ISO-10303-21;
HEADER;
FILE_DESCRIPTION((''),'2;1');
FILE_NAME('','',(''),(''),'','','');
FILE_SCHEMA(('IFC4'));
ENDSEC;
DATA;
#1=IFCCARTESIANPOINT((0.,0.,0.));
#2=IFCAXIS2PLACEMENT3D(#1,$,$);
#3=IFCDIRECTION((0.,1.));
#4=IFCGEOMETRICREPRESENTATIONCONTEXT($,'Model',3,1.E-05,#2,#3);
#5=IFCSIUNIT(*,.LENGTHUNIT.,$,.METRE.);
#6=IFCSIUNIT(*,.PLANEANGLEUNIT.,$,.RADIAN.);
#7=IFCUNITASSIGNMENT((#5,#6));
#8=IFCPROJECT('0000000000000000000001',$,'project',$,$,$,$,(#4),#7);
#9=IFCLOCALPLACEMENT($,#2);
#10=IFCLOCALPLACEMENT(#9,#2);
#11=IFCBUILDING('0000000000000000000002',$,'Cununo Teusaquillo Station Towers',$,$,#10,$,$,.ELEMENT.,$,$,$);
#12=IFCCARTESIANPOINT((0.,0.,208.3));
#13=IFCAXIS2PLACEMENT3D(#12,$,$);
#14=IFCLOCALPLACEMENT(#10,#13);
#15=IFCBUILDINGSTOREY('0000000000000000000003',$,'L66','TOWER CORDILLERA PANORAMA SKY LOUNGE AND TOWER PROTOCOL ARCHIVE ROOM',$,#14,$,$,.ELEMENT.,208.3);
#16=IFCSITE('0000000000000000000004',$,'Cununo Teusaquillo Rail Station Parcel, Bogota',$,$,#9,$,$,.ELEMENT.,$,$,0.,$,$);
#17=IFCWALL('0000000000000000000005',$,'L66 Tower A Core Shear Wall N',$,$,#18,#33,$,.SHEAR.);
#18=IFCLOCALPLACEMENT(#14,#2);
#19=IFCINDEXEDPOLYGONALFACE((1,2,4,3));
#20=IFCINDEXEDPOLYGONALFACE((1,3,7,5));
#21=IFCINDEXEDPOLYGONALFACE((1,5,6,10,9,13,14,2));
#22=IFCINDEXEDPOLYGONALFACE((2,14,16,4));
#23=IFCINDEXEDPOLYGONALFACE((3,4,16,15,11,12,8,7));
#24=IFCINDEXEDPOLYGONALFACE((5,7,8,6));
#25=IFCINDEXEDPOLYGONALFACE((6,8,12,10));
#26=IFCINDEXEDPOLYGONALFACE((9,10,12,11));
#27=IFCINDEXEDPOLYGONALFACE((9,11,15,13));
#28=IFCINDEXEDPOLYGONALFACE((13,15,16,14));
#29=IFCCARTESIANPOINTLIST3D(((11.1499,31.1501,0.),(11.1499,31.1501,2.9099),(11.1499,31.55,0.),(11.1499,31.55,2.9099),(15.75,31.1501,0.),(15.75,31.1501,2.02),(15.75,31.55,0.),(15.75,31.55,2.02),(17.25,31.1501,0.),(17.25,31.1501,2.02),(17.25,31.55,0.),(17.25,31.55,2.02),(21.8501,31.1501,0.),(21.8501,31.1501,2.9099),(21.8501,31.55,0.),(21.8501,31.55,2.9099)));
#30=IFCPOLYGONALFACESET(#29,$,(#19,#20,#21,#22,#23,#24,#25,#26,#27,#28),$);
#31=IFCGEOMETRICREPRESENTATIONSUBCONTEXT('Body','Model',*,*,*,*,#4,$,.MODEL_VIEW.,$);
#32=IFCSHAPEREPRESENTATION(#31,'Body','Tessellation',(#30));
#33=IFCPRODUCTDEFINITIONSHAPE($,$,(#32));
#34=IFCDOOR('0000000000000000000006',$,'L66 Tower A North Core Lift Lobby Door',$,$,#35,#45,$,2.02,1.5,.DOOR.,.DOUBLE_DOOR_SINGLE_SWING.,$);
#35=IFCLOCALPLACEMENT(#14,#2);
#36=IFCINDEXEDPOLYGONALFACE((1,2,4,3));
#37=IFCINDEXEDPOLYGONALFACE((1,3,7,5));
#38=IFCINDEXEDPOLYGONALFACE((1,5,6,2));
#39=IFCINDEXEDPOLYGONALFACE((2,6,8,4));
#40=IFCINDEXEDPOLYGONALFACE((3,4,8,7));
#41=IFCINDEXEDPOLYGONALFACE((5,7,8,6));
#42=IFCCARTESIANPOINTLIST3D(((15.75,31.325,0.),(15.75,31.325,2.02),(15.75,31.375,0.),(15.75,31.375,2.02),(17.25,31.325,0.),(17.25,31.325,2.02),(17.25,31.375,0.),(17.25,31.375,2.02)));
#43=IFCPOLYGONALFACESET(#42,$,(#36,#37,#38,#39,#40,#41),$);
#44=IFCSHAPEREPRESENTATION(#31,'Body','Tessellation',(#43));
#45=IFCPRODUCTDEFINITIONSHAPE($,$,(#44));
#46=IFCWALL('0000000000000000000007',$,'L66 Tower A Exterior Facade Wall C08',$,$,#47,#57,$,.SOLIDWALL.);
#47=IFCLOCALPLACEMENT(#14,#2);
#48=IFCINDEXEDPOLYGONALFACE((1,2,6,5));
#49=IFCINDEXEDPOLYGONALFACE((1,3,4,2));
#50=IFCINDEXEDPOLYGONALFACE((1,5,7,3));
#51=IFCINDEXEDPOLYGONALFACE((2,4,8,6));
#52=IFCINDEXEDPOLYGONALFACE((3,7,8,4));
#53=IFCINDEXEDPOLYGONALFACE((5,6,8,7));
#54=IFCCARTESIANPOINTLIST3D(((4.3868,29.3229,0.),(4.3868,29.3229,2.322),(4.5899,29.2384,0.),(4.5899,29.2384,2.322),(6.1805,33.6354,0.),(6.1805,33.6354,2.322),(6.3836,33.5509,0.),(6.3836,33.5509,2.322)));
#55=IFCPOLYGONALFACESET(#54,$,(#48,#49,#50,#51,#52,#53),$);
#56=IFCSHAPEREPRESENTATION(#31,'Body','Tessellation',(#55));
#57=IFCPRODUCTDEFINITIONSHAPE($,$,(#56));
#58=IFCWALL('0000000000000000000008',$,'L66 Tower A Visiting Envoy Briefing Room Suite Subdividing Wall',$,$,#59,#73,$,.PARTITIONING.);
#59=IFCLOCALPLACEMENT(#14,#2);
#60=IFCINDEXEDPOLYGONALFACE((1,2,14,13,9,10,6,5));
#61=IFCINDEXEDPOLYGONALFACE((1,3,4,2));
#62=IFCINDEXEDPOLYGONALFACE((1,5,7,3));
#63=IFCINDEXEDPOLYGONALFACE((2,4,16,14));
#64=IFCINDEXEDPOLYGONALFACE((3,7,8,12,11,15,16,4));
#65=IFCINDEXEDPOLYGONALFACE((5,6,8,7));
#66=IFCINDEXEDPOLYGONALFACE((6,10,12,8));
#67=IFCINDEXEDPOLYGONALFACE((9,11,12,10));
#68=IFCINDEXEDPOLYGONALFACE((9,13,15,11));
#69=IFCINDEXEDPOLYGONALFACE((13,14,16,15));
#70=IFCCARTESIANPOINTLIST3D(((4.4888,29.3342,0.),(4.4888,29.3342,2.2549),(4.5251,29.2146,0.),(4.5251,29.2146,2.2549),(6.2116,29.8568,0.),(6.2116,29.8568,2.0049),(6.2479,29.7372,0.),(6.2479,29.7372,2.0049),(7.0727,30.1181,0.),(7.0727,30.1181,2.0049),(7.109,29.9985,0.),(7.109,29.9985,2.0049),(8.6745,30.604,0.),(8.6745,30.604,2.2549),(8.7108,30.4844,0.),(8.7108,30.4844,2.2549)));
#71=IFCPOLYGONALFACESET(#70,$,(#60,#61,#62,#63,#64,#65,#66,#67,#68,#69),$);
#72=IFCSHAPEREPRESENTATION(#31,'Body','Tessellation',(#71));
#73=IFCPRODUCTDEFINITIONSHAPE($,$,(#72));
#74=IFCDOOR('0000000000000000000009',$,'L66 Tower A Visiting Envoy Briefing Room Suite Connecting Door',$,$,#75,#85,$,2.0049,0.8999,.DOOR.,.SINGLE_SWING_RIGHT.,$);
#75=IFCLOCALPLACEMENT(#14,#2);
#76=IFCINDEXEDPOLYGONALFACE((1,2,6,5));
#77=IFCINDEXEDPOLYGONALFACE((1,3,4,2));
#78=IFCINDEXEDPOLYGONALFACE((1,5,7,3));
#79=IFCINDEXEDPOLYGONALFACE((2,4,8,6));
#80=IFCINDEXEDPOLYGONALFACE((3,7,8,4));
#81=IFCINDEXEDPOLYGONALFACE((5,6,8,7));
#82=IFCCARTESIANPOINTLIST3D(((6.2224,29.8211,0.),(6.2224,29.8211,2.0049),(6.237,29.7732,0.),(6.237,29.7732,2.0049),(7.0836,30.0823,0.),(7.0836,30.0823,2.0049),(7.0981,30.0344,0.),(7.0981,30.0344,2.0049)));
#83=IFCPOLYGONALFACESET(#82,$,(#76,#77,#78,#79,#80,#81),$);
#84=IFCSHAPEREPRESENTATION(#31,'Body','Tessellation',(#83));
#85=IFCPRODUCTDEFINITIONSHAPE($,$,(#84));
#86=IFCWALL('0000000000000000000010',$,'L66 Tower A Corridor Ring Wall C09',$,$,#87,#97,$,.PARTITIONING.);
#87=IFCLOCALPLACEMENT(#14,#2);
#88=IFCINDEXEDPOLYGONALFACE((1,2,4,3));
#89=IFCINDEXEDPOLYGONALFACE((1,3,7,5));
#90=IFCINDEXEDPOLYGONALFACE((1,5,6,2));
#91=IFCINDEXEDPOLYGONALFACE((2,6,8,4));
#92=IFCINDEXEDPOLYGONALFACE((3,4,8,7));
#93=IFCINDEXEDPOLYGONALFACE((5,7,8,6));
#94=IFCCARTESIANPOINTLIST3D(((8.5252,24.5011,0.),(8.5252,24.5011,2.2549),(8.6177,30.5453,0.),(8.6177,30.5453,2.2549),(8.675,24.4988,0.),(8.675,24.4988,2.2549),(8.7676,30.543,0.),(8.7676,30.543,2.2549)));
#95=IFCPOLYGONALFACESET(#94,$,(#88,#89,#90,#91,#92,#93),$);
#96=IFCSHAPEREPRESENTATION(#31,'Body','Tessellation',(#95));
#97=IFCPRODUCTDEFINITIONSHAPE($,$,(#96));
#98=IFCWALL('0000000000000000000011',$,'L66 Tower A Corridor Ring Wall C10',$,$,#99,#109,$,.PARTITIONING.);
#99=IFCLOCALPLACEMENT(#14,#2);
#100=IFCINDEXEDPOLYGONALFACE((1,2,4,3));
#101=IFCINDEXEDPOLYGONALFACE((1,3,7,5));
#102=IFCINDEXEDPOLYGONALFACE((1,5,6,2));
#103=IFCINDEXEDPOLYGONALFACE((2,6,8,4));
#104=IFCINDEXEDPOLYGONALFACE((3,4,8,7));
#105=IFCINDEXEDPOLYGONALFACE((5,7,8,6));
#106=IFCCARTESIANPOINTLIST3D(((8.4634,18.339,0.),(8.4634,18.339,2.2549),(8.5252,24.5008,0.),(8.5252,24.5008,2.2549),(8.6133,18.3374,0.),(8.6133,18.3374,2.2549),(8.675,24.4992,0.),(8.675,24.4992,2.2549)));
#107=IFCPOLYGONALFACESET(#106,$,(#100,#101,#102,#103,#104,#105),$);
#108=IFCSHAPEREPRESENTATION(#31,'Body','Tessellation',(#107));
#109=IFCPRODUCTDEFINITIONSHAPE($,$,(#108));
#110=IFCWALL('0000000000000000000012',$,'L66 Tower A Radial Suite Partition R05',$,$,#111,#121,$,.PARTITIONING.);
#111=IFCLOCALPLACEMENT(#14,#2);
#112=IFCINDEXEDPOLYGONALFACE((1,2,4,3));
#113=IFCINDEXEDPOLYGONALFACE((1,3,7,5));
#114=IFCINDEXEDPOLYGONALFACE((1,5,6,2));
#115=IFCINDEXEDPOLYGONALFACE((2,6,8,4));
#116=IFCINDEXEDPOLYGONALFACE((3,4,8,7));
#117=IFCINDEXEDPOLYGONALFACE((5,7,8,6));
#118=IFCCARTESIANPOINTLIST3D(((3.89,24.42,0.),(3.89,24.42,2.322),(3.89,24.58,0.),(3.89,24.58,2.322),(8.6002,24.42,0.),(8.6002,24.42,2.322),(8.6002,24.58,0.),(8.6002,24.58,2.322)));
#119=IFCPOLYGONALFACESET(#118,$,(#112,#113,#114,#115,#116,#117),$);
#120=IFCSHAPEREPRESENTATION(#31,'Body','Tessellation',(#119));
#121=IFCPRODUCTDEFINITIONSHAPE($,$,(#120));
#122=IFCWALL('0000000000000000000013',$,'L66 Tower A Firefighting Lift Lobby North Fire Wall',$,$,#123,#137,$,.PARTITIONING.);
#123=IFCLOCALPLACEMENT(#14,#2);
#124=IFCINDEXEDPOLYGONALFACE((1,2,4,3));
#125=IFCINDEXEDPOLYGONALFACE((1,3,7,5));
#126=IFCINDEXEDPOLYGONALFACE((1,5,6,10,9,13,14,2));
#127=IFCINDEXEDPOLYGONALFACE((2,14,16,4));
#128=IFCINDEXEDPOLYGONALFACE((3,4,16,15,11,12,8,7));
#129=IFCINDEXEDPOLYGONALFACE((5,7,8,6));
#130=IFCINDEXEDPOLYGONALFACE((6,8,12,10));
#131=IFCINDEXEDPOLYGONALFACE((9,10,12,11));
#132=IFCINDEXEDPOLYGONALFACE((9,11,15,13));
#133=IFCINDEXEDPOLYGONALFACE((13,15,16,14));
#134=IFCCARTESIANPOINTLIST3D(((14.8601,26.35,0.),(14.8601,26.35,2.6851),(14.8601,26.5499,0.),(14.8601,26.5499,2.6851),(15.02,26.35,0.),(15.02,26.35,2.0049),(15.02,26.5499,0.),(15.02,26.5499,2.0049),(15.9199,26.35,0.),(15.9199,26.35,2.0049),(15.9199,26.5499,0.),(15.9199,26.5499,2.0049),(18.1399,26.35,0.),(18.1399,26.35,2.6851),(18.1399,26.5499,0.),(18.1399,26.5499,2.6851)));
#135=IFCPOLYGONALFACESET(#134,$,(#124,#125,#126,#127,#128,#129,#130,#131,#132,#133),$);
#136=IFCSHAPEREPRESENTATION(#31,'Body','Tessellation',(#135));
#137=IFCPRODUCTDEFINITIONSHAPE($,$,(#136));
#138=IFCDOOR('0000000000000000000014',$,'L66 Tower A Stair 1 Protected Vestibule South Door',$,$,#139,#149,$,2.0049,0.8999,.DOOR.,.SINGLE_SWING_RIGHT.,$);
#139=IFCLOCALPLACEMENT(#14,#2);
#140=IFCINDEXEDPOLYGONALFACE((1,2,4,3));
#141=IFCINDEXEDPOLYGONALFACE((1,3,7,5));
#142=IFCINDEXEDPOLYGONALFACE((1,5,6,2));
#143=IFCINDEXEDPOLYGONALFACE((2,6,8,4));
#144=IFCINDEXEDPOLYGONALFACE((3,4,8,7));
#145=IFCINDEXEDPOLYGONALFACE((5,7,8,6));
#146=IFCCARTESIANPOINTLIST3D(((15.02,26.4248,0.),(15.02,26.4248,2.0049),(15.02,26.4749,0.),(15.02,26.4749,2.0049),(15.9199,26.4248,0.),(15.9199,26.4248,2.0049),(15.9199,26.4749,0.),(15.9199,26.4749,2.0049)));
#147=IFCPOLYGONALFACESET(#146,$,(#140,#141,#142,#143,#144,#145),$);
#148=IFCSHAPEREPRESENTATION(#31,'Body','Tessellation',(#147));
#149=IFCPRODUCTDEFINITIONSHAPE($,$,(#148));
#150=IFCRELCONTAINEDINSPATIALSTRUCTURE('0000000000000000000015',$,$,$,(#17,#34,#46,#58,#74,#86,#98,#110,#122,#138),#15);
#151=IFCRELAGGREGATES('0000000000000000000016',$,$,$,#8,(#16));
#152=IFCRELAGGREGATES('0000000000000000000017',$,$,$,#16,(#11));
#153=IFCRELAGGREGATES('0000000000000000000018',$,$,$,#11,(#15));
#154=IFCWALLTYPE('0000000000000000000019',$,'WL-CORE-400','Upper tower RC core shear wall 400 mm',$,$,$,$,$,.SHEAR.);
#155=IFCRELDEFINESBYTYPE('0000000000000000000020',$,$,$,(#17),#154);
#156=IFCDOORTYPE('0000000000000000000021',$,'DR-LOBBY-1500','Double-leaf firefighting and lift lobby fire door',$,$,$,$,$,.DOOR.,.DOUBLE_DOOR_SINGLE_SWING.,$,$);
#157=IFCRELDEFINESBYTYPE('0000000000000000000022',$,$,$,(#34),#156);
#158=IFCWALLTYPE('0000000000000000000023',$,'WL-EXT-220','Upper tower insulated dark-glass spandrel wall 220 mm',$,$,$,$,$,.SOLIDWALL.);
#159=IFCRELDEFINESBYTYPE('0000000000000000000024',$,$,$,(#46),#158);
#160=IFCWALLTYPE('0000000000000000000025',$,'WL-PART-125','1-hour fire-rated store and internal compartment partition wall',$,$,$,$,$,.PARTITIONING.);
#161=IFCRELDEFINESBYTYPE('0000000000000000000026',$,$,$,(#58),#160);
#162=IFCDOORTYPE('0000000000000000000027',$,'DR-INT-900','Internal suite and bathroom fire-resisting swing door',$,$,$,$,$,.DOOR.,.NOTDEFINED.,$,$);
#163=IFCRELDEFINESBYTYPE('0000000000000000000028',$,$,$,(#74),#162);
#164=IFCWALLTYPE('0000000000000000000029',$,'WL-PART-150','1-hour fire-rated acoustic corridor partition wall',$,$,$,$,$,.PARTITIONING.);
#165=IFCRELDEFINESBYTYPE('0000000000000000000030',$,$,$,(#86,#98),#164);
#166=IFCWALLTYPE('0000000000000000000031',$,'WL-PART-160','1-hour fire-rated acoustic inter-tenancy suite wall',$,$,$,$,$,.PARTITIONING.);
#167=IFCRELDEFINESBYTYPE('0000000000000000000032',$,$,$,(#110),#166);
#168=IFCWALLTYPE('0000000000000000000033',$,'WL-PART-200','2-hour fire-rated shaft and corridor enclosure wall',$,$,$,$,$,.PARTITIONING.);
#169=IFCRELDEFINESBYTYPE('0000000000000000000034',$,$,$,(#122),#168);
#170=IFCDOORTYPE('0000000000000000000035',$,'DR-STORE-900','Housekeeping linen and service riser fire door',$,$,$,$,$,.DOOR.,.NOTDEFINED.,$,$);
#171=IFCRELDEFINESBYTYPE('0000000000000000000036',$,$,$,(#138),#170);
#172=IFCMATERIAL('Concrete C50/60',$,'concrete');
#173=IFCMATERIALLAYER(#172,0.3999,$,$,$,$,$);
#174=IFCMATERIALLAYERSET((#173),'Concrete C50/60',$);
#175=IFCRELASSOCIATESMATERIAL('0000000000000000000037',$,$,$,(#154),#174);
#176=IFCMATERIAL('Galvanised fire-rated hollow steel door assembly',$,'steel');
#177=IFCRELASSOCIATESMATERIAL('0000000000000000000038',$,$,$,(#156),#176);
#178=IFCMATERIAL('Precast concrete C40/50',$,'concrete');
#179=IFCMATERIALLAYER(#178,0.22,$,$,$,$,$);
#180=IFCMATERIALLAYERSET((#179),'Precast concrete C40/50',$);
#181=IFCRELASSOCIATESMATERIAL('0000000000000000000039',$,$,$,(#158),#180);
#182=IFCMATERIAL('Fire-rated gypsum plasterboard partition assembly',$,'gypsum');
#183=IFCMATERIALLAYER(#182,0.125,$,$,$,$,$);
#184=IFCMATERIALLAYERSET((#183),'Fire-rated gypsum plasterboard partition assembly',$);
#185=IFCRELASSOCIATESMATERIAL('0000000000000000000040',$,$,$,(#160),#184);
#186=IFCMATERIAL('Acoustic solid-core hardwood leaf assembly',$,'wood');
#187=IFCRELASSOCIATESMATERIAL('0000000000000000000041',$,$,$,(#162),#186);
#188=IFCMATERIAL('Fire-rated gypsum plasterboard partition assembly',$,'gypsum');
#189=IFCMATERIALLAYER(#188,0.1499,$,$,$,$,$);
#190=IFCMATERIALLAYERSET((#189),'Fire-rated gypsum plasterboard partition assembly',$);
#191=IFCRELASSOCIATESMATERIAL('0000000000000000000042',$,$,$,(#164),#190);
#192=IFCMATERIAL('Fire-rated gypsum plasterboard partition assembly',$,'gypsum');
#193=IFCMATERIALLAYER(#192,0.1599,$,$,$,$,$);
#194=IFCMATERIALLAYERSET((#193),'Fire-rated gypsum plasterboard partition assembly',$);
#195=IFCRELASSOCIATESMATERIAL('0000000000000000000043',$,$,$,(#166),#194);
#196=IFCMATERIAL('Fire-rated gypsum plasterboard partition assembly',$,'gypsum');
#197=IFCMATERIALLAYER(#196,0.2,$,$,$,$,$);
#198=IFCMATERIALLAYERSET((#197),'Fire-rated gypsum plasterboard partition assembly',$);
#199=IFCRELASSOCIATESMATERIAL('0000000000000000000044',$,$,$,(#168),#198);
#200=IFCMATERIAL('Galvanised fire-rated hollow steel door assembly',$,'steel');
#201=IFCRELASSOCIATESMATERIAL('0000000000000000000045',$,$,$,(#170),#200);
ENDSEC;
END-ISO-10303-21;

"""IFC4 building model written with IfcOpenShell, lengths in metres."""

from ifc_helpers import new_model, si_unit, direction, frame, frame_2d, origin, place, context, subcontext, project, spatial, rectangle, extrude, source, transform, mapped, material, layer, layer_set, type_object, element, fill, save


model = new_model("IFC4")

# Units and contexts
model_context = context("Model", 3, precision=1e-05, world=origin(), true_north=direction((0.0, 1.0)))
body_context = subcontext(model_context, "Body", "Model", "MODEL_VIEW")
ifc_project = project(units=[si_unit("LENGTHUNIT", "METRE"), si_unit("PLANEANGLEUNIT", "RADIAN")], contexts=[model_context])

# Site, building, storey
site_placement = place(None, origin())
site = spatial("IfcSite", under=ifc_project, at=site_placement, Name="Cununo Teusaquillo Rail Station Parcel, Bogota", CompositionType="ELEMENT", RefElevation=0.0)
building_placement = place(site_placement, origin())
building = spatial("IfcBuilding", under=site, at=building_placement, Name="Cununo Teusaquillo Station Towers", CompositionType="ELEMENT")
storey_placement = place(building_placement, frame((0.0, 0.0, 208.3)))
storey = spatial("IfcBuildingStorey", under=building, at=storey_placement, Name="L66", Description="TOWER CORDILLERA PANORAMA SKY LOUNGE AND TOWER PROTOCOL ARCHIVE ROOM", CompositionType="ELEMENT", Elevation=208.3)

# Wall, opening, door
ifc_material_1 = material(Name="Concrete C50/60", Category="concrete")
ifc_layer_1 = layer(ifc_material_1, 0.3999)
ifc_layer_set_1 = layer_set([ifc_layer_1], Name="Concrete C50/60")
wall_type_1 = type_object("IfcWallType", Name="WL-CORE-400", Description="Upper tower RC core shear wall 400 mm", PredefinedType="SHEAR", material=ifc_layer_set_1)
wall_1_placement = place(storey_placement, frame((11.1499, 31.3501, 0.0), z_axis=(0.0, 0.0, 1.0), x_axis=(1.0, 0.0, 0.0)))
wall_1 = element("IfcWall", 1, at=wall_1_placement, inside=storey, type_object=wall_type_1, Name="L66 Tower A Core Shear Wall N", PredefinedType="SHEAR", context=body_context, shape_type="SweptSolid", body=[
    extrude(rectangle(XDim=10.7002, YDim=0.3999, at=frame_2d((5.3501, 0.0))), origin(), (0.0, 0.0, 1.0), 2.9099),
])
shared_shape_1 = source(origin(), body_context, "Body", "SweptSolid", [
    extrude(rectangle(XDim=1.5, YDim=2.02, at=frame_2d((0.75, 1.01))), frame((0.0, 0.21, 0.0), z_axis=(0.0, -1.0, 0.0), x_axis=(1.0, 0.0, 0.0)), (0.0, 0.0, 1.0), 0.4199),
])
opening_1_placement = place(wall_1_placement, frame((4.6001, 0.0, 0.0)))
opening_1 = element("IfcOpeningElement", 2, at=opening_1_placement, cuts=wall_1, PredefinedType="OPENING", context=body_context, shape_type="MappedRepresentation", body=[
    mapped(shared_shape_1, transform((0.0, 0.0, 0.0), x_axis=(1.0, 0.0, 0.0), y_axis=(0.0, 1.0, 0.0), z_axis=(0.0, 0.0, 1.0), scale=1.0)),
])
ifc_material_2 = material(Name="Galvanised fire-rated hollow steel door assembly", Category="steel")
door_type_1 = type_object("IfcDoorType", Name="DR-LOBBY-1500", Description="Double-leaf firefighting and lift lobby fire door", OperationType="DOUBLE_DOOR_SINGLE_SWING", PredefinedType="DOOR", material=ifc_material_2)
shared_shape_2 = source(origin(), body_context, "Body", "SweptSolid", [
    extrude(rectangle(XDim=1.5, YDim=2.02, at=frame_2d((0.75, 1.01))), frame((0.0, 0.0249, 0.0), z_axis=(0.0, -1.0, 0.0), x_axis=(1.0, 0.0, 0.0)), (0.0, 0.0, 1.0), 0.05),
])
door_1_placement = place(opening_1_placement, origin())
door_1 = element("IfcDoor", 3, at=door_1_placement, inside=storey, type_object=door_type_1, Name="L66 Tower A North Core Lift Lobby Door", OperationType="DOUBLE_DOOR_SINGLE_SWING", OverallHeight=2.02, OverallWidth=1.5, PredefinedType="DOOR", context=body_context, shape_type="MappedRepresentation", body=[
    mapped(shared_shape_2, transform((0.0, 0.0, 0.0), x_axis=(1.0, 0.0, 0.0), y_axis=(0.0, 1.0, 0.0), z_axis=(0.0, 0.0, 1.0), scale=1.0)),
])
fill(opening_1, door_1)

# Wall
ifc_material_3 = material(Name="Precast concrete C40/50", Category="concrete")
ifc_layer_2 = layer(ifc_material_3, 0.22)
ifc_layer_set_2 = layer_set([ifc_layer_2], Name="Precast concrete C40/50")
wall_type_2 = type_object("IfcWallType", Name="WL-EXT-220", Description="Upper tower insulated dark-glass spandrel wall 220 mm", PredefinedType="SOLIDWALL", material=ifc_layer_set_2)
wall_2_placement = place(storey_placement, frame((4.4883, 29.2805, 0.0), z_axis=(0.0, 0.0, 1.0), x_axis=(0.384036, 0.923318, 0.0)))
element("IfcWall", 4, at=wall_2_placement, inside=storey, type_object=wall_type_2, Name="L66 Tower A Exterior Facade Wall C08", PredefinedType="SOLIDWALL", context=body_context, shape_type="SweptSolid", body=[
    extrude(rectangle(XDim=4.6707, YDim=0.22, at=frame_2d((2.3354, 0.0))), origin(), (0.0, 0.0, 1.0), 2.322),
])

# Wall, opening, door
ifc_material_4 = material(Name="Fire-rated gypsum plasterboard partition assembly", Category="gypsum")
ifc_layer_3 = layer(ifc_material_4, 0.125)
ifc_layer_set_3 = layer_set([ifc_layer_3], Name="Fire-rated gypsum plasterboard partition assembly")
wall_type_3 = type_object("IfcWallType", Name="WL-PART-125", Description="1-hour fire-rated store and internal compartment partition wall", PredefinedType="PARTITIONING", material=ifc_layer_set_3)
wall_3_placement = place(storey_placement, frame((8.6926, 30.5442, 0.0), z_axis=(0.0, 0.0, 1.0), x_axis=(-0.956934, -0.290306, 0.0)))
wall_3 = element("IfcWall", 5, at=wall_3_placement, inside=storey, type_object=wall_type_3, Name="L66 Tower A Visiting Envoy Briefing Room Suite Subdividing Wall", PredefinedType="PARTITIONING", context=body_context, shape_type="SweptSolid", body=[
    extrude(rectangle(XDim=4.374, YDim=0.125, at=frame_2d((2.187, 0.0))), origin(), (0.0, 0.0, 1.0), 2.2549),
])
shared_shape_3 = source(origin(), body_context, "Body", "SweptSolid", [
    extrude(rectangle(XDim=0.8999, YDim=2.0049, at=frame_2d((0.45, 1.0024))), frame((0.0, 0.0725, 0.0), z_axis=(0.0, -1.0, 0.0), x_axis=(1.0, 0.0, 0.0)), (0.0, 0.0, 1.0), 0.145),
])
opening_2_placement = place(wall_3_placement, frame((1.6738, 0.0, 0.0)))
opening_2 = element("IfcOpeningElement", 6, at=opening_2_placement, cuts=wall_3, PredefinedType="OPENING", context=body_context, shape_type="MappedRepresentation", body=[
    mapped(shared_shape_3, transform((0.0, 0.0, 0.0), x_axis=(1.0, 0.0, 0.0), y_axis=(0.0, 1.0, 0.0), z_axis=(0.0, 0.0, 1.0), scale=1.0)),
])
ifc_material_5 = material(Name="Acoustic solid-core hardwood leaf assembly", Category="wood")
door_type_2 = type_object("IfcDoorType", Name="DR-INT-900", Description="Internal suite and bathroom fire-resisting swing door", OperationType="NOTDEFINED", PredefinedType="DOOR", material=ifc_material_5)
shared_shape_4 = source(origin(), body_context, "Body", "SweptSolid", [
    extrude(rectangle(XDim=0.8999, YDim=2.0049, at=frame_2d((0.45, 1.0024))), frame((0.0, 0.0249, 0.0), z_axis=(0.0, -1.0, 0.0), x_axis=(1.0, 0.0, 0.0)), (0.0, 0.0, 1.0), 0.05),
])
door_2_placement = place(opening_2_placement, origin())
door_2 = element("IfcDoor", 7, at=door_2_placement, inside=storey, type_object=door_type_2, Name="L66 Tower A Visiting Envoy Briefing Room Suite Connecting Door", OperationType="SINGLE_SWING_RIGHT", OverallHeight=2.0049, OverallWidth=0.8999, PredefinedType="DOOR", context=body_context, shape_type="MappedRepresentation", body=[
    mapped(shared_shape_4, transform((0.0, 0.0, 0.0), x_axis=(1.0, 0.0, 0.0), y_axis=(0.0, 1.0, 0.0), z_axis=(0.0, 0.0, 1.0), scale=1.0)),
])
fill(opening_2, door_2)

# Walls
ifc_material_6 = material(Name="Fire-rated gypsum plasterboard partition assembly", Category="gypsum")
ifc_layer_4 = layer(ifc_material_6, 0.1499)
ifc_layer_set_4 = layer_set([ifc_layer_4], Name="Fire-rated gypsum plasterboard partition assembly")
wall_type_4 = type_object("IfcWallType", Name="WL-PART-150", Description="1-hour fire-rated acoustic corridor partition wall", PredefinedType="PARTITIONING", material=ifc_layer_set_4)
wall_4_placement = place(storey_placement, frame((8.6926, 30.5442, 0.0), z_axis=(0.0, 0.0, 1.0), x_axis=(-0.015307, -0.999883, 0.0)))
element("IfcWall", 8, at=wall_4_placement, inside=storey, type_object=wall_type_4, Name="L66 Tower A Corridor Ring Wall C09", PredefinedType="PARTITIONING", context=body_context, shape_type="SweptSolid", body=[
    extrude(rectangle(XDim=6.0449, YDim=0.1499, at=frame_2d((3.0225, 0.0))), origin(), (0.0, 0.0, 1.0), 2.2549),
])
wall_5_placement = place(storey_placement, frame((8.6001, 24.5, 0.0), z_axis=(0.0, 0.0, 1.0), x_axis=(-0.010024, -0.99995, 0.0)))
element("IfcWall", 9, at=wall_5_placement, inside=storey, type_object=wall_type_4, Name="L66 Tower A Corridor Ring Wall C10", PredefinedType="PARTITIONING", context=body_context, shape_type="SweptSolid", body=[
    extrude(rectangle(XDim=6.1621, YDim=0.1499, at=frame_2d((3.0811, 0.0))), origin(), (0.0, 0.0, 1.0), 2.2549),
])
ifc_material_7 = material(Name="Fire-rated gypsum plasterboard partition assembly", Category="gypsum")
ifc_layer_5 = layer(ifc_material_7, 0.1599)
ifc_layer_set_5 = layer_set([ifc_layer_5], Name="Fire-rated gypsum plasterboard partition assembly")
wall_type_5 = type_object("IfcWallType", Name="WL-PART-160", Description="1-hour fire-rated acoustic inter-tenancy suite wall", PredefinedType="PARTITIONING", material=ifc_layer_set_5)
wall_6_placement = place(storey_placement, frame((8.6001, 24.5, 0.0), z_axis=(0.0, 0.0, 1.0), x_axis=(-1.0, 0.0, 0.0)))
element("IfcWall", 10, at=wall_6_placement, inside=storey, type_object=wall_type_5, Name="L66 Tower A Radial Suite Partition R05", PredefinedType="PARTITIONING", context=body_context, shape_type="SweptSolid", body=[
    extrude(rectangle(XDim=4.7102, YDim=0.1599, at=frame_2d((2.355, 0.0))), origin(), (0.0, 0.0, 1.0), 2.322),
])

# Wall, opening, door
ifc_material_8 = material(Name="Fire-rated gypsum plasterboard partition assembly", Category="gypsum")
ifc_layer_6 = layer(ifc_material_8, 0.2)
ifc_layer_set_6 = layer_set([ifc_layer_6], Name="Fire-rated gypsum plasterboard partition assembly")
wall_type_6 = type_object("IfcWallType", Name="WL-PART-200", Description="2-hour fire-rated shaft and corridor enclosure wall", PredefinedType="PARTITIONING", material=ifc_layer_set_6)
wall_7_placement = place(storey_placement, frame((14.8601, 26.45, 0.0), z_axis=(0.0, 0.0, 1.0), x_axis=(1.0, 0.0, 0.0)))
wall_7 = element("IfcWall", 11, at=wall_7_placement, inside=storey, type_object=wall_type_6, Name="L66 Tower A Firefighting Lift Lobby North Fire Wall", PredefinedType="PARTITIONING", context=body_context, shape_type="SweptSolid", body=[
    extrude(rectangle(XDim=3.2798, YDim=0.2, at=frame_2d((1.6399, 0.0))), origin(), (0.0, 0.0, 1.0), 2.6851),
])
shared_shape_5 = source(origin(), body_context, "Body", "SweptSolid", [
    extrude(rectangle(XDim=0.8999, YDim=2.0049, at=frame_2d((0.45, 1.0024))), frame((0.0, 0.1099, 0.0), z_axis=(0.0, -1.0, 0.0), x_axis=(1.0, 0.0, 0.0)), (0.0, 0.0, 1.0), 0.22),
])
opening_3_placement = place(wall_7_placement, frame((0.1599, 0.0, 0.0)))
opening_3 = element("IfcOpeningElement", 12, at=opening_3_placement, cuts=wall_7, PredefinedType="OPENING", context=body_context, shape_type="MappedRepresentation", body=[
    mapped(shared_shape_5, transform((0.0, 0.0, 0.0), x_axis=(1.0, 0.0, 0.0), y_axis=(0.0, 1.0, 0.0), z_axis=(0.0, 0.0, 1.0), scale=1.0)),
])
ifc_material_9 = material(Name="Galvanised fire-rated hollow steel door assembly", Category="steel")
door_type_3 = type_object("IfcDoorType", Name="DR-STORE-900", Description="Housekeeping linen and service riser fire door", OperationType="NOTDEFINED", PredefinedType="DOOR", material=ifc_material_9)
door_3_placement = place(opening_3_placement, origin())
door_3 = element("IfcDoor", 13, at=door_3_placement, inside=storey, type_object=door_type_3, Name="L66 Tower A Stair 1 Protected Vestibule South Door", OperationType="SINGLE_SWING_RIGHT", OverallHeight=2.0049, OverallWidth=0.8999, PredefinedType="DOOR", context=body_context, shape_type="MappedRepresentation", body=[
    mapped(shared_shape_4, transform((0.0, 0.0, 0.0), x_axis=(1.0, 0.0, 0.0), y_axis=(0.0, 1.0, 0.0), z_axis=(0.0, 0.0, 1.0), scale=1.0)),
])
fill(opening_3, door_3)

save(model, "model.ifc")
